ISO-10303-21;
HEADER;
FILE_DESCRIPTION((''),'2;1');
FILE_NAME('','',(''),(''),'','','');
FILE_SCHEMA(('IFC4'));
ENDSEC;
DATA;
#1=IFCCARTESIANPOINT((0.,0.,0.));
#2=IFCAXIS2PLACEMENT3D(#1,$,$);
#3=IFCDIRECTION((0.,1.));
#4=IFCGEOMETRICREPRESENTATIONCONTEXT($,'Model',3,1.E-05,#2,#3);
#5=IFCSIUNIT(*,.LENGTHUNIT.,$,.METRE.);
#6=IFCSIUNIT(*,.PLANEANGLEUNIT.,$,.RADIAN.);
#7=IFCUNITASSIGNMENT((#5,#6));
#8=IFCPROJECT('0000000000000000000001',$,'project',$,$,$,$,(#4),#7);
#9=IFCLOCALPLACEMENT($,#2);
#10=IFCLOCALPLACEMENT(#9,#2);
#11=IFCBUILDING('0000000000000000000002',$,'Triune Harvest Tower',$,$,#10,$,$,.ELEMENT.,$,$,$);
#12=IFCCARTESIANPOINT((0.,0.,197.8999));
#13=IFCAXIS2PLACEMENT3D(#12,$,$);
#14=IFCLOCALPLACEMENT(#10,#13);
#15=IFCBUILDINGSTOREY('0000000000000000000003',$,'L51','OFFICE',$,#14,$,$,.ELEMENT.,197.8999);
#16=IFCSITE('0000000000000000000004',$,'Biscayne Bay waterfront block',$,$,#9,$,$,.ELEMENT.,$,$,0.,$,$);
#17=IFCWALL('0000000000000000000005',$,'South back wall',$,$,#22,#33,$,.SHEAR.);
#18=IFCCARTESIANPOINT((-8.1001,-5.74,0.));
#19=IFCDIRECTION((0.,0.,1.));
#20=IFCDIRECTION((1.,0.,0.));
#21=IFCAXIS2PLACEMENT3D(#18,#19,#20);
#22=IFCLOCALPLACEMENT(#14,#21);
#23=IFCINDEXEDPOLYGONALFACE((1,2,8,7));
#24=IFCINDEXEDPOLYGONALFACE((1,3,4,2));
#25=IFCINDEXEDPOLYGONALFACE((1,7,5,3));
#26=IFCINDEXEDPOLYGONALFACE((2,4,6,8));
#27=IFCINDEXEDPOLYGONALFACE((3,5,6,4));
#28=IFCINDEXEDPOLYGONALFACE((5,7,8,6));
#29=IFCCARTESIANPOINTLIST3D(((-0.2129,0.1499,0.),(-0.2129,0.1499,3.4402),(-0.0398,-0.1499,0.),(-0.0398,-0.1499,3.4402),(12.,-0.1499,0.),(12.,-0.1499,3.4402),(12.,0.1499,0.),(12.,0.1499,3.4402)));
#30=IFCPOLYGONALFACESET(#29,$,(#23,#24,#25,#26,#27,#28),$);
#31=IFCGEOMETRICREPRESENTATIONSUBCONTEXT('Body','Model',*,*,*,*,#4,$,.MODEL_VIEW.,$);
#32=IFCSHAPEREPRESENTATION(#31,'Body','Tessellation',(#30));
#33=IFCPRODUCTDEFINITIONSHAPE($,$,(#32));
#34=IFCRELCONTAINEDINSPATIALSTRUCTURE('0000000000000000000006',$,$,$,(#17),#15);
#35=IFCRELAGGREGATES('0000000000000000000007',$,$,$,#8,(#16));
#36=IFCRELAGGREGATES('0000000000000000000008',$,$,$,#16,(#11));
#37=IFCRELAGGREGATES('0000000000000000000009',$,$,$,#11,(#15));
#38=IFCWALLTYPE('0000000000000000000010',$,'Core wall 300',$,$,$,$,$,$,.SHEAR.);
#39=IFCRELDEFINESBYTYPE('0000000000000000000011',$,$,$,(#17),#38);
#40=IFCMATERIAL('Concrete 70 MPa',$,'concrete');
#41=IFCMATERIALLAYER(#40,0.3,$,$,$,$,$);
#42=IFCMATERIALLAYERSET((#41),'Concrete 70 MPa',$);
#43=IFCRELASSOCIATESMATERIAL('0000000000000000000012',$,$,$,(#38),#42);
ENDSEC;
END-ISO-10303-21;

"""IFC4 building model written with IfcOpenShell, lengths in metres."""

from ifc_helpers import new_model, si_unit, direction, frame, origin, place, context, subcontext, project, spatial, polyline, outline, extrude, source, transform, mapped, material, layer, layer_set, type_object, element, save


model = new_model("IFC4")

# Units and contexts
model_context = context("Model", 3, precision=1e-05, world=origin(), true_north=direction((0.0, 1.0)))
body_context = subcontext(model_context, "Body", "Model", "MODEL_VIEW")
ifc_project = project(units=[si_unit("LENGTHUNIT", "METRE"), si_unit("PLANEANGLEUNIT", "RADIAN")], contexts=[model_context])

# Site, building, storey
site_placement = place(None, origin())
site = spatial("IfcSite", under=ifc_project, at=site_placement, Name="Biscayne Bay waterfront block", CompositionType="ELEMENT", RefElevation=0.0)
building_placement = place(site_placement, origin())
building = spatial("IfcBuilding", under=site, at=building_placement, Name="Triune Harvest Tower", CompositionType="ELEMENT")
storey_placement = place(building_placement, frame((0.0, 0.0, 197.8999)))
storey = spatial("IfcBuildingStorey", under=building, at=storey_placement, Name="L51", Description="OFFICE", CompositionType="ELEMENT", Elevation=197.8999)

# Shared definitions
ifc_material_1 = material(Name="Concrete 70 MPa", Category="concrete")
ifc_layer_1 = layer(ifc_material_1, 0.3)
ifc_layer_set_1 = layer_set([ifc_layer_1], Name="Concrete 70 MPa")
wall_type_1 = type_object("IfcWallType", Name="Core wall 300", PredefinedType="SHEAR", material=ifc_layer_set_1)

# Wall
shared_shape_1 = source(origin(), body_context, "Body", "SweptSolid", [
    extrude(outline(polyline([(12.0, -0.1499), (-0.0398, -0.1499), (-0.2129, 0.1499), (12.0, 0.1499), (12.0, -0.1499)])), origin(), (0.0, 0.0, 1.0), 3.4402),
])
wall_1_placement = place(storey_placement, frame((-8.1001, -5.74, 0.0), z_axis=(0.0, 0.0, 1.0), x_axis=(1.0, 0.0, 0.0)))
element("IfcWall", 1, at=wall_1_placement, inside=storey, type_object=wall_type_1, Name="South back wall", PredefinedType="SHEAR", context=body_context, shape_type="MappedRepresentation", body=[
    mapped(shared_shape_1, transform((0.0, 0.0, 0.0), scale=1.0)),
])

save(model, "model.ifc")
